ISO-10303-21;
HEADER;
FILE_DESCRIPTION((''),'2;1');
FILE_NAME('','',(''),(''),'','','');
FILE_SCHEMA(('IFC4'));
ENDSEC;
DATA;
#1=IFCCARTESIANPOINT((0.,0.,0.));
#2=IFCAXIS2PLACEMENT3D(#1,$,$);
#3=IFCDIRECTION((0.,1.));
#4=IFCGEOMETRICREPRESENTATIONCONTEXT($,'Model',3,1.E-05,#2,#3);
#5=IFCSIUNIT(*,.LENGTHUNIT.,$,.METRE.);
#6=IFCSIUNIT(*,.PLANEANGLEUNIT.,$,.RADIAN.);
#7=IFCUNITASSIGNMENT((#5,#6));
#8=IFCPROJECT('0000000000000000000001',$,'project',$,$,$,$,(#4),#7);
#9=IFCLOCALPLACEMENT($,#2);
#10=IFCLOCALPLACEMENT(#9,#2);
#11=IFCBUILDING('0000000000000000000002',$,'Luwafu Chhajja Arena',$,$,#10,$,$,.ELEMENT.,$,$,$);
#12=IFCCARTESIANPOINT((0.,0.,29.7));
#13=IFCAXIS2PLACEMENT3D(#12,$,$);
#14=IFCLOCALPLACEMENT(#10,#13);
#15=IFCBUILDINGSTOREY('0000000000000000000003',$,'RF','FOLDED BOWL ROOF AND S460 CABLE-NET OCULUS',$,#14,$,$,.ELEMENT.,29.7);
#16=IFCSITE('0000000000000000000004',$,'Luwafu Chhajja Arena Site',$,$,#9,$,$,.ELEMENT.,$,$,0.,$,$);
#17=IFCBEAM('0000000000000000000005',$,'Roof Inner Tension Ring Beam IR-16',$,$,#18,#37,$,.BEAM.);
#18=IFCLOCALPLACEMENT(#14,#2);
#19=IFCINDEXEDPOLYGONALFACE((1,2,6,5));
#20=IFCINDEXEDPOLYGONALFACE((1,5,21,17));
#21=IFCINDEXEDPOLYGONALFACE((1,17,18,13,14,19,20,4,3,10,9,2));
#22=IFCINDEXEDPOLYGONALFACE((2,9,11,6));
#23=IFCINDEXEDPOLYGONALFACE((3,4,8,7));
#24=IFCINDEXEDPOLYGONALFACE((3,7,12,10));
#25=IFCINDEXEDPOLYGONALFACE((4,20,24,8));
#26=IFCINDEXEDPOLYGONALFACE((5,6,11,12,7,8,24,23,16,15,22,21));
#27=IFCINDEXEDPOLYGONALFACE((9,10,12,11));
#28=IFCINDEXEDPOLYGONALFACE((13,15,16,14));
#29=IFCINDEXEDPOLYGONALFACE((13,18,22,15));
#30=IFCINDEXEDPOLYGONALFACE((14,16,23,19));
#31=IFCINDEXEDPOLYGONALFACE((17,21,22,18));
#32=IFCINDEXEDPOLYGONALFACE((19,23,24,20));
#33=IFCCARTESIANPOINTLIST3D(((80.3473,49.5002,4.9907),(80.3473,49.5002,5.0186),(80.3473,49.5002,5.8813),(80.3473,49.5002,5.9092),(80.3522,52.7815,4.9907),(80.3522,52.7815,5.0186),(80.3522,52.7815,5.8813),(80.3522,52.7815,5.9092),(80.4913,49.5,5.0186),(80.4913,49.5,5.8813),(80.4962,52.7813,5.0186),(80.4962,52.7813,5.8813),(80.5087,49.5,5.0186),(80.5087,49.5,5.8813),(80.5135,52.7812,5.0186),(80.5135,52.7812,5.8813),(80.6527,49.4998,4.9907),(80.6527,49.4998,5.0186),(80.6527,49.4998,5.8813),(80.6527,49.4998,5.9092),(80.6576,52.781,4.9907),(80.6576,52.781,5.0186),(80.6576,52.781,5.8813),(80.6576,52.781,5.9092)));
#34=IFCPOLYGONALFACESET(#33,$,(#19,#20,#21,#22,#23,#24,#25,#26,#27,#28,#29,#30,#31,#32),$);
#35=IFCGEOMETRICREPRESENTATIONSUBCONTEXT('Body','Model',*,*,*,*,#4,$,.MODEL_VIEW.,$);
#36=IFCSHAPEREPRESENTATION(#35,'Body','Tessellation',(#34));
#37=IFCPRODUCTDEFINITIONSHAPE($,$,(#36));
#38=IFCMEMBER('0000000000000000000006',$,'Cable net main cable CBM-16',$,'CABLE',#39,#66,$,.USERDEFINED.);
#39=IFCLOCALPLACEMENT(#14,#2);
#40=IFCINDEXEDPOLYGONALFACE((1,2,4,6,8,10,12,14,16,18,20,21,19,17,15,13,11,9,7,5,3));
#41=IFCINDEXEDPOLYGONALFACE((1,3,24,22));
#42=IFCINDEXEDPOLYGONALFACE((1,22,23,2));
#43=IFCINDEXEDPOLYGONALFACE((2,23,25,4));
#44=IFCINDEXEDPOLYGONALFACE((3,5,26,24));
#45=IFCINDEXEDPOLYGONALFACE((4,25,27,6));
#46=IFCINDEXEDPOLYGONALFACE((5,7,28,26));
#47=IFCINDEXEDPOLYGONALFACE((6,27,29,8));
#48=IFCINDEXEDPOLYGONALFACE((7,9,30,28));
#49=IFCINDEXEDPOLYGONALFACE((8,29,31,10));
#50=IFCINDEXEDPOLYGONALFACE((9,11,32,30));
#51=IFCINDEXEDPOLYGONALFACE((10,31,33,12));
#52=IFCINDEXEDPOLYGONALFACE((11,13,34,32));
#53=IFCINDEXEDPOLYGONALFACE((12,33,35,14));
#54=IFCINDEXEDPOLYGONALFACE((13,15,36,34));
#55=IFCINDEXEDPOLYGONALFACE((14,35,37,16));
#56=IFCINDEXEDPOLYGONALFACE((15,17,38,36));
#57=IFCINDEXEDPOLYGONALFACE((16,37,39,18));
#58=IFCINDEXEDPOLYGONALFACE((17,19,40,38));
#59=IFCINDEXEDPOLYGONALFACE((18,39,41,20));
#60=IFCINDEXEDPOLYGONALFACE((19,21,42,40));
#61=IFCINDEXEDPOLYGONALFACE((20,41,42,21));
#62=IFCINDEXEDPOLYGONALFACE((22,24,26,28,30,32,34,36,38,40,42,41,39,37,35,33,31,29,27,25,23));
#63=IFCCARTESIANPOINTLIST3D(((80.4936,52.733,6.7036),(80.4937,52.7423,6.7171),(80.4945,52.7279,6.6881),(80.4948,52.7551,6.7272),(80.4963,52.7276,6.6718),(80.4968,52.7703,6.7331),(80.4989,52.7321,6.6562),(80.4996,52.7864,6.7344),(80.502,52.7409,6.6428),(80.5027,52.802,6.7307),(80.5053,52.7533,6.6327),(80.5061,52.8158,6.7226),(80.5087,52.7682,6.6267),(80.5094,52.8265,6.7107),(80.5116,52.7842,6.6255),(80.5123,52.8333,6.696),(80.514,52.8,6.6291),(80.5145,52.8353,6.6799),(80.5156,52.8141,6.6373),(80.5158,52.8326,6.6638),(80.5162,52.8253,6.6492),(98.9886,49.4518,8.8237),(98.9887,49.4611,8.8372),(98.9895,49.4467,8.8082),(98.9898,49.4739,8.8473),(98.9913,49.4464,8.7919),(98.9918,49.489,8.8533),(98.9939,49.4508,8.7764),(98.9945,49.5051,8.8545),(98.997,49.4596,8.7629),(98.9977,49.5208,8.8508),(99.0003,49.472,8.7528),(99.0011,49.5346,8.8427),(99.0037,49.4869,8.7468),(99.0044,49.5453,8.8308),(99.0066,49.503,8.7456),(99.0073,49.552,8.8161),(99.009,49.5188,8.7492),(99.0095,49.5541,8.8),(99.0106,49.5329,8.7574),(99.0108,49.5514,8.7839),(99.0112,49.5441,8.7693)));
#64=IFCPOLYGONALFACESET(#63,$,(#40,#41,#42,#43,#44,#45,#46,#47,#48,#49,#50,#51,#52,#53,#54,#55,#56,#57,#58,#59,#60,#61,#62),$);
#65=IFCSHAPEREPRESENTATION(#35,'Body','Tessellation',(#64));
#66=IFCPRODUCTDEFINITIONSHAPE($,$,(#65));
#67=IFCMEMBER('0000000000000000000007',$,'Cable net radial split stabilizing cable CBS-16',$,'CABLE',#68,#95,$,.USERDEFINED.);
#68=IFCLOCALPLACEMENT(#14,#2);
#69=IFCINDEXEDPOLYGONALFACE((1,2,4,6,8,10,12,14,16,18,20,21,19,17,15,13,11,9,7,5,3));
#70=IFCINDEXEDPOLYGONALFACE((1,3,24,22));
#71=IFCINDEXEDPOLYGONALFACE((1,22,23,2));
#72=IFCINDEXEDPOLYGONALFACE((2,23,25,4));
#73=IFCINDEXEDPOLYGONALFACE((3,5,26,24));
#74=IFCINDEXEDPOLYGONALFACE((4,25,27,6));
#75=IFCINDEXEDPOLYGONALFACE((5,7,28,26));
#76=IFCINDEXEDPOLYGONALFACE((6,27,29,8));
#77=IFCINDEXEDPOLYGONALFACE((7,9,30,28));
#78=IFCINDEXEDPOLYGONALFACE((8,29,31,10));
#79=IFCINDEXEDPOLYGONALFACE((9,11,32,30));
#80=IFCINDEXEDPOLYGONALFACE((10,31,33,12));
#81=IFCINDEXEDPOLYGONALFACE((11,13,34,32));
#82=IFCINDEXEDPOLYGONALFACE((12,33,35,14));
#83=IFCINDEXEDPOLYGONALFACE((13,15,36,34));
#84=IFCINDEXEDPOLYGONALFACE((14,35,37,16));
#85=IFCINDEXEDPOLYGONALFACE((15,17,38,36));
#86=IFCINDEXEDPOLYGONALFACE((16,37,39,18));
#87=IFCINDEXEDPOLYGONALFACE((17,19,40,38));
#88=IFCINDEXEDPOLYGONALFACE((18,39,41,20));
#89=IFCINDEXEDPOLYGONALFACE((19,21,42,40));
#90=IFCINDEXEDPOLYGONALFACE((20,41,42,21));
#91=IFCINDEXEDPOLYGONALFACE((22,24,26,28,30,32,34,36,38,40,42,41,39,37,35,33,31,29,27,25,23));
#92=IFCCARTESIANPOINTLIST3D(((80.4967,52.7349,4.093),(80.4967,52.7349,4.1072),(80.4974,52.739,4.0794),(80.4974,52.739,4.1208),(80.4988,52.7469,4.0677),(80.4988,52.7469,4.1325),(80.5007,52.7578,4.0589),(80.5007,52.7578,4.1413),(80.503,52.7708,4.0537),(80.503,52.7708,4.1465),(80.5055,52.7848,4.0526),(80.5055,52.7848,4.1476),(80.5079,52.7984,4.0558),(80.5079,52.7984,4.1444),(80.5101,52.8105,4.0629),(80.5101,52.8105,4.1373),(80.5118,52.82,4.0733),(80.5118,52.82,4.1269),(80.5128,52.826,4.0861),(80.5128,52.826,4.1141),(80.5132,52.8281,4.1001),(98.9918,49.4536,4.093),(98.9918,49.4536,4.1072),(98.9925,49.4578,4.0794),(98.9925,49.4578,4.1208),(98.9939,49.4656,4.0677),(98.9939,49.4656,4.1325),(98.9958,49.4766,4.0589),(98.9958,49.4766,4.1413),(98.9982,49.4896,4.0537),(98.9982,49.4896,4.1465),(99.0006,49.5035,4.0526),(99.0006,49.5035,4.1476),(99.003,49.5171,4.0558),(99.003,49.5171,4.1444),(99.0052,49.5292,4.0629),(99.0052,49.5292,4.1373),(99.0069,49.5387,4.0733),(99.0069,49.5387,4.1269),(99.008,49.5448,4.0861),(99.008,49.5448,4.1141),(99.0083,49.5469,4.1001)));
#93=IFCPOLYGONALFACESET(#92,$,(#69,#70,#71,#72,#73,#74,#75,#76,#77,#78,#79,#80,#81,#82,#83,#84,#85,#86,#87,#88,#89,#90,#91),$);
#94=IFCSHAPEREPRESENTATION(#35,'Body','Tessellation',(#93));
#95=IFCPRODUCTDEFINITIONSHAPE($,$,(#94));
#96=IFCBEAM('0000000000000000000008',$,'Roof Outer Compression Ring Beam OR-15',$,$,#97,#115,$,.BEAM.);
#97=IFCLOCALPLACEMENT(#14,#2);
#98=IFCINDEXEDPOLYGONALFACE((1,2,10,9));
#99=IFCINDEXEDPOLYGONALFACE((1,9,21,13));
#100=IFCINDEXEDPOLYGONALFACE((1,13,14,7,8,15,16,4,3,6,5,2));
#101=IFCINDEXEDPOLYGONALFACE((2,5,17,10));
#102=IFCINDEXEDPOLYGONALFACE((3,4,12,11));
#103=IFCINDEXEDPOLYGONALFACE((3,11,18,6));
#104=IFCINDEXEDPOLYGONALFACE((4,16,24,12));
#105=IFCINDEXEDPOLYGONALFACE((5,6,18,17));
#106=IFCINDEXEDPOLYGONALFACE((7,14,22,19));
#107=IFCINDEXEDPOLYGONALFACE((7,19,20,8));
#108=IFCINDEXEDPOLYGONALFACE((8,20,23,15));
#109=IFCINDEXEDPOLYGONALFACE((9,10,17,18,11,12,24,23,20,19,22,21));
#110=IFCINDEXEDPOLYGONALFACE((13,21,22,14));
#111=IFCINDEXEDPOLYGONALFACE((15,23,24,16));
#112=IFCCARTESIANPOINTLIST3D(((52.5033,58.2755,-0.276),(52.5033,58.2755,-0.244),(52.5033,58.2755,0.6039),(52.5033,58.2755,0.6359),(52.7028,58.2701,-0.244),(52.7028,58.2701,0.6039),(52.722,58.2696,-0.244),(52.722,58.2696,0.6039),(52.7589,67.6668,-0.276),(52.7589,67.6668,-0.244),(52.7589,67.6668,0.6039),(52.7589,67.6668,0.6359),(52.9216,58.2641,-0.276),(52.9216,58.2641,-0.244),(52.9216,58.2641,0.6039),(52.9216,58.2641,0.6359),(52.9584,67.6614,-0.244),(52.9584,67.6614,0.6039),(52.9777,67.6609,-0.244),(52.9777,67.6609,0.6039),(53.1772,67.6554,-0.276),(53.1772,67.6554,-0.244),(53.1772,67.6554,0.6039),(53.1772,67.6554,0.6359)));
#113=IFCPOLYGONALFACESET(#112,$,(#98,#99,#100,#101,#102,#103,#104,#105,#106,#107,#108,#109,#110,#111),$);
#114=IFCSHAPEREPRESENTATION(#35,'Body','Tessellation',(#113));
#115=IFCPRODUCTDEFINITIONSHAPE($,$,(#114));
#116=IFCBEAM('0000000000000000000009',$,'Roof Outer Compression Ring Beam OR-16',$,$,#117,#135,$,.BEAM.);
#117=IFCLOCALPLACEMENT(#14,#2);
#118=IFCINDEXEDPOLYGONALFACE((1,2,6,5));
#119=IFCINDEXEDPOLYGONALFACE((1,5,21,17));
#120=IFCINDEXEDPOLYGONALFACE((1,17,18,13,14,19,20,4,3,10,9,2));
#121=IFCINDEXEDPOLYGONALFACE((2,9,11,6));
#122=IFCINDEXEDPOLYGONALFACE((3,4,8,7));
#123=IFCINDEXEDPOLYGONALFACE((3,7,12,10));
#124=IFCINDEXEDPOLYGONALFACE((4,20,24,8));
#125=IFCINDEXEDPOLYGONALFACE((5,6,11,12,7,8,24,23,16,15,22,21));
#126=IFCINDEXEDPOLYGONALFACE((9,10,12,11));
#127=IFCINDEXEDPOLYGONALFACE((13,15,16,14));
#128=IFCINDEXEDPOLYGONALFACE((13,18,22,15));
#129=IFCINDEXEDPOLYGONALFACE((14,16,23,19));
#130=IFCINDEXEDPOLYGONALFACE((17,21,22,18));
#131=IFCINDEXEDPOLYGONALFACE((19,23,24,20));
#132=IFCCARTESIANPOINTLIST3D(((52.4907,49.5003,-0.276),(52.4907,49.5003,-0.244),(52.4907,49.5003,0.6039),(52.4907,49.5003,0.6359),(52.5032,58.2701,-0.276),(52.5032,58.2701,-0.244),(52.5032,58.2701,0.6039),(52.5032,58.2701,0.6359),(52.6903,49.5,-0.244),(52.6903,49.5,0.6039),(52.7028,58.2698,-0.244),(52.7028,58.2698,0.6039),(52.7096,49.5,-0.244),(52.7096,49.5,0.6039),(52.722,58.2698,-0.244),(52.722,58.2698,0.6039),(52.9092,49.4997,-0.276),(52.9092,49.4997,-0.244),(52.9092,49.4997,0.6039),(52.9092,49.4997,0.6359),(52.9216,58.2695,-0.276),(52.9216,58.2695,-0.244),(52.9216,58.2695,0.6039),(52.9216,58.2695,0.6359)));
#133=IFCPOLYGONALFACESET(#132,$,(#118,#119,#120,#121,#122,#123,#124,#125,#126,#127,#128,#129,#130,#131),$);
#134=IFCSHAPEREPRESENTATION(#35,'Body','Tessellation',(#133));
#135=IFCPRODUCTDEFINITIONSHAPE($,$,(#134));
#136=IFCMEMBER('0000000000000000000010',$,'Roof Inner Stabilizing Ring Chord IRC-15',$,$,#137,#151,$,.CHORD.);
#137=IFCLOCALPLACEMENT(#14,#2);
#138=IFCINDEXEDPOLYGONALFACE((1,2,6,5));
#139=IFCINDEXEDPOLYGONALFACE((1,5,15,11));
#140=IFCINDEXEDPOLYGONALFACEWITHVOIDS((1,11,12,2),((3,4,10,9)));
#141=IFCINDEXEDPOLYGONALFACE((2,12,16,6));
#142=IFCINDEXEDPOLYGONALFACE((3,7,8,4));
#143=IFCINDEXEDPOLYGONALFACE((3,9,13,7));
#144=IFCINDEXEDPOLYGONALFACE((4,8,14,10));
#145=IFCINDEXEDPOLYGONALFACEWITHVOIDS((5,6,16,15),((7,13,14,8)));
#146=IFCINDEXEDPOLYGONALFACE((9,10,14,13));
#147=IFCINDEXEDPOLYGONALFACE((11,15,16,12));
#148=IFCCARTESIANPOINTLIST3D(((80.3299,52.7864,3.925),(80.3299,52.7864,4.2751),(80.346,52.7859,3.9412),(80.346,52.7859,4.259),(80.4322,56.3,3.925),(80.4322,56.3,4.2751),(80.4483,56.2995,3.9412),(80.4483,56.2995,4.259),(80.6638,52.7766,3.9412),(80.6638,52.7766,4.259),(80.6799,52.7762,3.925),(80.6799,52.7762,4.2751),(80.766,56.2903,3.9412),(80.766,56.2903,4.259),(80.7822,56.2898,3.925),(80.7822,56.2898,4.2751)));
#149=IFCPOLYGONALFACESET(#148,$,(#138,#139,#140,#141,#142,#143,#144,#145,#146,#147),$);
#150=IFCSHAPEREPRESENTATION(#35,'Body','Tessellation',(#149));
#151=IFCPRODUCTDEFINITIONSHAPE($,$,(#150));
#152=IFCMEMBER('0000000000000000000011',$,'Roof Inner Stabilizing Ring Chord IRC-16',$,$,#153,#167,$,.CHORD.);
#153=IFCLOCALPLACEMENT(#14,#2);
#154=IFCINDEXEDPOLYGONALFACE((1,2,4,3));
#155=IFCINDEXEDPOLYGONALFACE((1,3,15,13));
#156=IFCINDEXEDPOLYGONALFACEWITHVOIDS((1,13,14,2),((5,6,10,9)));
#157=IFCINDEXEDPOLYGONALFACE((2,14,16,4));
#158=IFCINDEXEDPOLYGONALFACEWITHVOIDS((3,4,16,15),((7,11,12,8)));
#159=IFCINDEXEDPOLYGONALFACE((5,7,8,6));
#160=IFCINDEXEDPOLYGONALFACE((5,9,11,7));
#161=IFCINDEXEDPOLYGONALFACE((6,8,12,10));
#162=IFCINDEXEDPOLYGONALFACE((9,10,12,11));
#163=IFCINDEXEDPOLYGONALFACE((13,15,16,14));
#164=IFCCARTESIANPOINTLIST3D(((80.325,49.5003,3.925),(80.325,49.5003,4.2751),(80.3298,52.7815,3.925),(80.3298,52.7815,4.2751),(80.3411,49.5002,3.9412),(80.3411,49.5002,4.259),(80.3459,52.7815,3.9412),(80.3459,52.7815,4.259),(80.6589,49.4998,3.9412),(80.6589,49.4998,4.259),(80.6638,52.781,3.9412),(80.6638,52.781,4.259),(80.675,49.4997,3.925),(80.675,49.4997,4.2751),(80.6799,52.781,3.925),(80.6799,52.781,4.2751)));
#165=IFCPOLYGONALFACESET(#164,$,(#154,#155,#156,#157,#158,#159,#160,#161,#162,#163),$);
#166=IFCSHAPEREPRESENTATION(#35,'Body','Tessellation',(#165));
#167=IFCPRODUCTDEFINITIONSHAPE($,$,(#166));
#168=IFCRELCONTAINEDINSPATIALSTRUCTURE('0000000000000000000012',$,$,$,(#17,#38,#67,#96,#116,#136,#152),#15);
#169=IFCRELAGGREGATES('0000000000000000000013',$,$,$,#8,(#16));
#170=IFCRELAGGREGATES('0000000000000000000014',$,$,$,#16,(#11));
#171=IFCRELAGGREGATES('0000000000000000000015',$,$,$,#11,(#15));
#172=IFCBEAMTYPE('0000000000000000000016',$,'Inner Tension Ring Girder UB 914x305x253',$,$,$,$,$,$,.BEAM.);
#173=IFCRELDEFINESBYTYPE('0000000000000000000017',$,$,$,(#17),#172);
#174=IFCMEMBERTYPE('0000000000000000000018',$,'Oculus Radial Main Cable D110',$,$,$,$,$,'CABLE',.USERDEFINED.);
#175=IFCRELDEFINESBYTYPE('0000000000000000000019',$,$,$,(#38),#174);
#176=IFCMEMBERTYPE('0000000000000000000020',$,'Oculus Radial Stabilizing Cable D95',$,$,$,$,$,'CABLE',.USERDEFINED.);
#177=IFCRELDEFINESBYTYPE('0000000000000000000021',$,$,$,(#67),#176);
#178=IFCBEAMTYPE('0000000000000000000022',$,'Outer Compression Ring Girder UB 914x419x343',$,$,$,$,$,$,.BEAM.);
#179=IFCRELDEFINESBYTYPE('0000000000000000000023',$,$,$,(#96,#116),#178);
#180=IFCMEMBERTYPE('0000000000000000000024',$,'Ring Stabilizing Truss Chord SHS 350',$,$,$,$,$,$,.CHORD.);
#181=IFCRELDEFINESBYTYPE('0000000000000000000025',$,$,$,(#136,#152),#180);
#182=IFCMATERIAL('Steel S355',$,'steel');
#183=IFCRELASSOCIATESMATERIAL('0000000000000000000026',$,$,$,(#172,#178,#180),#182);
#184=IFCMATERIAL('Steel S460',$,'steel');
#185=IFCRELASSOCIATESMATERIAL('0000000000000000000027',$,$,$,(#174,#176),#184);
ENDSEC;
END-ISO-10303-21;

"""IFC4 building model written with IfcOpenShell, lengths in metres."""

from ifc_helpers import new_model, si_unit, direction, frame, origin, origin_2d, place, context, subcontext, project, spatial, hollow_rectangle, circle, i_section, extrude, material, material_profile, profile_set, type_object, element, save


model = new_model("IFC4")

# Units and contexts
model_context = context("Model", 3, precision=1e-05, world=origin(), true_north=direction((0.0, 1.0)))
body_context = subcontext(model_context, "Body", "Model", "MODEL_VIEW")
ifc_project = project(units=[si_unit("LENGTHUNIT", "METRE"), si_unit("PLANEANGLEUNIT", "RADIAN")], contexts=[model_context])

# Site, building, storey
site_placement = place(None, origin())
site = spatial("IfcSite", under=ifc_project, at=site_placement, Name="Luwafu Chhajja Arena Site", CompositionType="ELEMENT", RefElevation=0.0)
building_placement = place(site_placement, origin())
building = spatial("IfcBuilding", under=site, at=building_placement, Name="Luwafu Chhajja Arena", CompositionType="ELEMENT")
storey_placement = place(building_placement, frame((0.0, 0.0, 29.7)))
storey = spatial("IfcBuildingStorey", under=building, at=storey_placement, Name="RF", Description="FOLDED BOWL ROOF AND S460 CABLE-NET OCULUS", CompositionType="ELEMENT", Elevation=29.7)

# Shared definitions
ifc_material_1 = material(Name="Steel S355", Category="steel")

# Beam
ifc_material_profile_1 = material_profile(ifc_material_1, i_section(OverallWidth=0.3054, OverallDepth=0.9185, WebThickness=0.0173, FlangeThickness=0.0278, at=origin_2d()), Name="UB 914x305x253")
ifc_profile_set_1 = profile_set([ifc_material_profile_1], Name="Steel S355")
beam_type_1 = type_object("IfcBeamType", Name="Inner Tension Ring Girder UB 914x305x253", PredefinedType="BEAM", material=ifc_profile_set_1)
beam_1_placement = place(storey_placement, frame((80.5049, 52.7812, 5.45), z_axis=(-0.001488, -0.999999, 0.0), x_axis=(0.999999, -0.001488, 0.0)))
element("IfcBeam", 1, at=beam_1_placement, inside=storey, type_object=beam_type_1, Name="Roof Inner Tension Ring Beam IR-16", PredefinedType="BEAM", context=body_context, shape_type="SweptSolid", body=[
    extrude(i_section(OverallWidth=0.3054, OverallDepth=0.9185, WebThickness=0.0173, FlangeThickness=0.0278, at=origin_2d()), origin(), (0.0, 0.0, 1.0), 3.2812),
])

# Members
ifc_material_2 = material(Name="Steel S460", Category="steel")
ifc_material_profile_2 = material_profile(ifc_material_2, circle(Radius=0.0549, at=origin_2d()), Name="CABLE D110")
ifc_profile_set_2 = profile_set([ifc_material_profile_2], Name="Steel S460")
member_type_1 = type_object("IfcMemberType", Name="Oculus Radial Main Cable D110", ElementType="CABLE", PredefinedType="USERDEFINED", material=ifc_profile_set_2)
member_1_placement = place(storey_placement, frame((80.5049, 52.7812, 6.6799), z_axis=(0.978412, -0.173582, 0.112157), x_axis=(0.174684, 0.984625, 0.0)))
element("IfcMember", 2, at=member_1_placement, inside=storey, type_object=member_type_1, Name="Cable net main cable CBM-16", ObjectType="CABLE", PredefinedType="USERDEFINED", context=body_context, shape_type="SweptSolid", body=[
    extrude(circle(Radius=0.0549, at=origin_2d()), origin(), (0.0, 0.0, 1.0), 18.9031),
])
ifc_material_profile_3 = material_profile(ifc_material_2, circle(Radius=0.0476, at=origin_2d()), Name="CABLE D95")
ifc_profile_set_3 = profile_set([ifc_material_profile_3], Name="Steel S460")
member_type_2 = type_object("IfcMemberType", Name="Oculus Radial Stabilizing Cable D95", ElementType="CABLE", PredefinedType="USERDEFINED", material=ifc_profile_set_3)
member_2_placement = place(storey_placement, frame((80.5049, 52.7812, 4.1001), z_axis=(0.984625, -0.174684, 0.0), x_axis=(0.174684, 0.984625, 0.0)))
element("IfcMember", 3, at=member_2_placement, inside=storey, type_object=member_type_2, Name="Cable net radial split stabilizing cable CBS-16", ObjectType="CABLE", PredefinedType="USERDEFINED", context=body_context, shape_type="SweptSolid", body=[
    extrude(circle(Radius=0.0476, at=origin_2d()), origin(), (0.0, 0.0, 1.0), 18.7839),
])

# Beams
ifc_material_profile_4 = material_profile(ifc_material_1, i_section(OverallWidth=0.4185, OverallDepth=0.9119, WebThickness=0.0193, FlangeThickness=0.032, at=origin_2d()), Name="UB 914x419x343")
ifc_profile_set_4 = profile_set([ifc_material_profile_4], Name="Steel S355")
beam_type_2 = type_object("IfcBeamType", Name="Outer Compression Ring Girder UB 914x419x343", PredefinedType="BEAM", material=ifc_profile_set_4)
beam_2_placement = place(storey_placement, frame((52.968, 67.6611, 0.1799), z_axis=(-0.027208, -0.99963, 0.0), x_axis=(0.99963, -0.027208, 0.0)))
element("IfcBeam", 4, at=beam_2_placement, inside=storey, type_object=beam_type_2, Name="Roof Outer Compression Ring Beam OR-15", PredefinedType="BEAM", context=body_context, shape_type="SweptSolid", body=[
    extrude(i_section(OverallWidth=0.4185, OverallDepth=0.9119, WebThickness=0.0193, FlangeThickness=0.032, at=origin_2d()), origin(), (0.0, 0.0, 1.0), 9.3948),
])
beam_3_placement = place(storey_placement, frame((52.7124, 58.2698, 0.1799), z_axis=(-0.00142, -0.999999, 0.0), x_axis=(0.999999, -0.00142, 0.0)))
element("IfcBeam", 5, at=beam_3_placement, inside=storey, type_object=beam_type_2, Name="Roof Outer Compression Ring Beam OR-16", PredefinedType="BEAM", context=body_context, shape_type="SweptSolid", body=[
    extrude(i_section(OverallWidth=0.4185, OverallDepth=0.9119, WebThickness=0.0193, FlangeThickness=0.032, at=origin_2d()), origin(), (0.0, 0.0, 1.0), 8.7698),
])

# Members
ifc_material_profile_5 = material_profile(ifc_material_1, hollow_rectangle(XDim=0.3501, YDim=0.3501, WallThickness=0.0161, at=origin_2d()), Name="SHS 350x350x16")
ifc_profile_set_5 = profile_set([ifc_material_profile_5], Name="Steel S355")
member_type_3 = type_object("IfcMemberType", Name="Ring Stabilizing Truss Chord SHS 350", PredefinedType="CHORD", material=ifc_profile_set_5)
member_3_placement = place(storey_placement, frame((80.6072, 56.2949, 4.1001), z_axis=(-0.029101, -0.999576, 0.0), x_axis=(0.999576, -0.029101, 0.0)))
element("IfcMember", 6, at=member_3_placement, inside=storey, type_object=member_type_3, Name="Roof Inner Stabilizing Ring Chord IRC-15", PredefinedType="CHORD", context=body_context, shape_type="SweptSolid", body=[
    extrude(hollow_rectangle(XDim=0.3501, YDim=0.3501, WallThickness=0.0161, at=origin_2d()), origin(), (0.0, 0.0, 1.0), 3.5151),
])
member_4_placement = place(storey_placement, frame((80.5049, 52.7812, 4.1001), z_axis=(-0.001488, -0.999999, 0.0), x_axis=(0.999999, -0.001488, 0.0)))
element("IfcMember", 7, at=member_4_placement, inside=storey, type_object=member_type_3, Name="Roof Inner Stabilizing Ring Chord IRC-16", PredefinedType="CHORD", context=body_context, shape_type="SweptSolid", body=[
    extrude(hollow_rectangle(XDim=0.3501, YDim=0.3501, WallThickness=0.0161, at=origin_2d()), origin(), (0.0, 0.0, 1.0), 3.2812),
])

save(model, "model.ifc")
